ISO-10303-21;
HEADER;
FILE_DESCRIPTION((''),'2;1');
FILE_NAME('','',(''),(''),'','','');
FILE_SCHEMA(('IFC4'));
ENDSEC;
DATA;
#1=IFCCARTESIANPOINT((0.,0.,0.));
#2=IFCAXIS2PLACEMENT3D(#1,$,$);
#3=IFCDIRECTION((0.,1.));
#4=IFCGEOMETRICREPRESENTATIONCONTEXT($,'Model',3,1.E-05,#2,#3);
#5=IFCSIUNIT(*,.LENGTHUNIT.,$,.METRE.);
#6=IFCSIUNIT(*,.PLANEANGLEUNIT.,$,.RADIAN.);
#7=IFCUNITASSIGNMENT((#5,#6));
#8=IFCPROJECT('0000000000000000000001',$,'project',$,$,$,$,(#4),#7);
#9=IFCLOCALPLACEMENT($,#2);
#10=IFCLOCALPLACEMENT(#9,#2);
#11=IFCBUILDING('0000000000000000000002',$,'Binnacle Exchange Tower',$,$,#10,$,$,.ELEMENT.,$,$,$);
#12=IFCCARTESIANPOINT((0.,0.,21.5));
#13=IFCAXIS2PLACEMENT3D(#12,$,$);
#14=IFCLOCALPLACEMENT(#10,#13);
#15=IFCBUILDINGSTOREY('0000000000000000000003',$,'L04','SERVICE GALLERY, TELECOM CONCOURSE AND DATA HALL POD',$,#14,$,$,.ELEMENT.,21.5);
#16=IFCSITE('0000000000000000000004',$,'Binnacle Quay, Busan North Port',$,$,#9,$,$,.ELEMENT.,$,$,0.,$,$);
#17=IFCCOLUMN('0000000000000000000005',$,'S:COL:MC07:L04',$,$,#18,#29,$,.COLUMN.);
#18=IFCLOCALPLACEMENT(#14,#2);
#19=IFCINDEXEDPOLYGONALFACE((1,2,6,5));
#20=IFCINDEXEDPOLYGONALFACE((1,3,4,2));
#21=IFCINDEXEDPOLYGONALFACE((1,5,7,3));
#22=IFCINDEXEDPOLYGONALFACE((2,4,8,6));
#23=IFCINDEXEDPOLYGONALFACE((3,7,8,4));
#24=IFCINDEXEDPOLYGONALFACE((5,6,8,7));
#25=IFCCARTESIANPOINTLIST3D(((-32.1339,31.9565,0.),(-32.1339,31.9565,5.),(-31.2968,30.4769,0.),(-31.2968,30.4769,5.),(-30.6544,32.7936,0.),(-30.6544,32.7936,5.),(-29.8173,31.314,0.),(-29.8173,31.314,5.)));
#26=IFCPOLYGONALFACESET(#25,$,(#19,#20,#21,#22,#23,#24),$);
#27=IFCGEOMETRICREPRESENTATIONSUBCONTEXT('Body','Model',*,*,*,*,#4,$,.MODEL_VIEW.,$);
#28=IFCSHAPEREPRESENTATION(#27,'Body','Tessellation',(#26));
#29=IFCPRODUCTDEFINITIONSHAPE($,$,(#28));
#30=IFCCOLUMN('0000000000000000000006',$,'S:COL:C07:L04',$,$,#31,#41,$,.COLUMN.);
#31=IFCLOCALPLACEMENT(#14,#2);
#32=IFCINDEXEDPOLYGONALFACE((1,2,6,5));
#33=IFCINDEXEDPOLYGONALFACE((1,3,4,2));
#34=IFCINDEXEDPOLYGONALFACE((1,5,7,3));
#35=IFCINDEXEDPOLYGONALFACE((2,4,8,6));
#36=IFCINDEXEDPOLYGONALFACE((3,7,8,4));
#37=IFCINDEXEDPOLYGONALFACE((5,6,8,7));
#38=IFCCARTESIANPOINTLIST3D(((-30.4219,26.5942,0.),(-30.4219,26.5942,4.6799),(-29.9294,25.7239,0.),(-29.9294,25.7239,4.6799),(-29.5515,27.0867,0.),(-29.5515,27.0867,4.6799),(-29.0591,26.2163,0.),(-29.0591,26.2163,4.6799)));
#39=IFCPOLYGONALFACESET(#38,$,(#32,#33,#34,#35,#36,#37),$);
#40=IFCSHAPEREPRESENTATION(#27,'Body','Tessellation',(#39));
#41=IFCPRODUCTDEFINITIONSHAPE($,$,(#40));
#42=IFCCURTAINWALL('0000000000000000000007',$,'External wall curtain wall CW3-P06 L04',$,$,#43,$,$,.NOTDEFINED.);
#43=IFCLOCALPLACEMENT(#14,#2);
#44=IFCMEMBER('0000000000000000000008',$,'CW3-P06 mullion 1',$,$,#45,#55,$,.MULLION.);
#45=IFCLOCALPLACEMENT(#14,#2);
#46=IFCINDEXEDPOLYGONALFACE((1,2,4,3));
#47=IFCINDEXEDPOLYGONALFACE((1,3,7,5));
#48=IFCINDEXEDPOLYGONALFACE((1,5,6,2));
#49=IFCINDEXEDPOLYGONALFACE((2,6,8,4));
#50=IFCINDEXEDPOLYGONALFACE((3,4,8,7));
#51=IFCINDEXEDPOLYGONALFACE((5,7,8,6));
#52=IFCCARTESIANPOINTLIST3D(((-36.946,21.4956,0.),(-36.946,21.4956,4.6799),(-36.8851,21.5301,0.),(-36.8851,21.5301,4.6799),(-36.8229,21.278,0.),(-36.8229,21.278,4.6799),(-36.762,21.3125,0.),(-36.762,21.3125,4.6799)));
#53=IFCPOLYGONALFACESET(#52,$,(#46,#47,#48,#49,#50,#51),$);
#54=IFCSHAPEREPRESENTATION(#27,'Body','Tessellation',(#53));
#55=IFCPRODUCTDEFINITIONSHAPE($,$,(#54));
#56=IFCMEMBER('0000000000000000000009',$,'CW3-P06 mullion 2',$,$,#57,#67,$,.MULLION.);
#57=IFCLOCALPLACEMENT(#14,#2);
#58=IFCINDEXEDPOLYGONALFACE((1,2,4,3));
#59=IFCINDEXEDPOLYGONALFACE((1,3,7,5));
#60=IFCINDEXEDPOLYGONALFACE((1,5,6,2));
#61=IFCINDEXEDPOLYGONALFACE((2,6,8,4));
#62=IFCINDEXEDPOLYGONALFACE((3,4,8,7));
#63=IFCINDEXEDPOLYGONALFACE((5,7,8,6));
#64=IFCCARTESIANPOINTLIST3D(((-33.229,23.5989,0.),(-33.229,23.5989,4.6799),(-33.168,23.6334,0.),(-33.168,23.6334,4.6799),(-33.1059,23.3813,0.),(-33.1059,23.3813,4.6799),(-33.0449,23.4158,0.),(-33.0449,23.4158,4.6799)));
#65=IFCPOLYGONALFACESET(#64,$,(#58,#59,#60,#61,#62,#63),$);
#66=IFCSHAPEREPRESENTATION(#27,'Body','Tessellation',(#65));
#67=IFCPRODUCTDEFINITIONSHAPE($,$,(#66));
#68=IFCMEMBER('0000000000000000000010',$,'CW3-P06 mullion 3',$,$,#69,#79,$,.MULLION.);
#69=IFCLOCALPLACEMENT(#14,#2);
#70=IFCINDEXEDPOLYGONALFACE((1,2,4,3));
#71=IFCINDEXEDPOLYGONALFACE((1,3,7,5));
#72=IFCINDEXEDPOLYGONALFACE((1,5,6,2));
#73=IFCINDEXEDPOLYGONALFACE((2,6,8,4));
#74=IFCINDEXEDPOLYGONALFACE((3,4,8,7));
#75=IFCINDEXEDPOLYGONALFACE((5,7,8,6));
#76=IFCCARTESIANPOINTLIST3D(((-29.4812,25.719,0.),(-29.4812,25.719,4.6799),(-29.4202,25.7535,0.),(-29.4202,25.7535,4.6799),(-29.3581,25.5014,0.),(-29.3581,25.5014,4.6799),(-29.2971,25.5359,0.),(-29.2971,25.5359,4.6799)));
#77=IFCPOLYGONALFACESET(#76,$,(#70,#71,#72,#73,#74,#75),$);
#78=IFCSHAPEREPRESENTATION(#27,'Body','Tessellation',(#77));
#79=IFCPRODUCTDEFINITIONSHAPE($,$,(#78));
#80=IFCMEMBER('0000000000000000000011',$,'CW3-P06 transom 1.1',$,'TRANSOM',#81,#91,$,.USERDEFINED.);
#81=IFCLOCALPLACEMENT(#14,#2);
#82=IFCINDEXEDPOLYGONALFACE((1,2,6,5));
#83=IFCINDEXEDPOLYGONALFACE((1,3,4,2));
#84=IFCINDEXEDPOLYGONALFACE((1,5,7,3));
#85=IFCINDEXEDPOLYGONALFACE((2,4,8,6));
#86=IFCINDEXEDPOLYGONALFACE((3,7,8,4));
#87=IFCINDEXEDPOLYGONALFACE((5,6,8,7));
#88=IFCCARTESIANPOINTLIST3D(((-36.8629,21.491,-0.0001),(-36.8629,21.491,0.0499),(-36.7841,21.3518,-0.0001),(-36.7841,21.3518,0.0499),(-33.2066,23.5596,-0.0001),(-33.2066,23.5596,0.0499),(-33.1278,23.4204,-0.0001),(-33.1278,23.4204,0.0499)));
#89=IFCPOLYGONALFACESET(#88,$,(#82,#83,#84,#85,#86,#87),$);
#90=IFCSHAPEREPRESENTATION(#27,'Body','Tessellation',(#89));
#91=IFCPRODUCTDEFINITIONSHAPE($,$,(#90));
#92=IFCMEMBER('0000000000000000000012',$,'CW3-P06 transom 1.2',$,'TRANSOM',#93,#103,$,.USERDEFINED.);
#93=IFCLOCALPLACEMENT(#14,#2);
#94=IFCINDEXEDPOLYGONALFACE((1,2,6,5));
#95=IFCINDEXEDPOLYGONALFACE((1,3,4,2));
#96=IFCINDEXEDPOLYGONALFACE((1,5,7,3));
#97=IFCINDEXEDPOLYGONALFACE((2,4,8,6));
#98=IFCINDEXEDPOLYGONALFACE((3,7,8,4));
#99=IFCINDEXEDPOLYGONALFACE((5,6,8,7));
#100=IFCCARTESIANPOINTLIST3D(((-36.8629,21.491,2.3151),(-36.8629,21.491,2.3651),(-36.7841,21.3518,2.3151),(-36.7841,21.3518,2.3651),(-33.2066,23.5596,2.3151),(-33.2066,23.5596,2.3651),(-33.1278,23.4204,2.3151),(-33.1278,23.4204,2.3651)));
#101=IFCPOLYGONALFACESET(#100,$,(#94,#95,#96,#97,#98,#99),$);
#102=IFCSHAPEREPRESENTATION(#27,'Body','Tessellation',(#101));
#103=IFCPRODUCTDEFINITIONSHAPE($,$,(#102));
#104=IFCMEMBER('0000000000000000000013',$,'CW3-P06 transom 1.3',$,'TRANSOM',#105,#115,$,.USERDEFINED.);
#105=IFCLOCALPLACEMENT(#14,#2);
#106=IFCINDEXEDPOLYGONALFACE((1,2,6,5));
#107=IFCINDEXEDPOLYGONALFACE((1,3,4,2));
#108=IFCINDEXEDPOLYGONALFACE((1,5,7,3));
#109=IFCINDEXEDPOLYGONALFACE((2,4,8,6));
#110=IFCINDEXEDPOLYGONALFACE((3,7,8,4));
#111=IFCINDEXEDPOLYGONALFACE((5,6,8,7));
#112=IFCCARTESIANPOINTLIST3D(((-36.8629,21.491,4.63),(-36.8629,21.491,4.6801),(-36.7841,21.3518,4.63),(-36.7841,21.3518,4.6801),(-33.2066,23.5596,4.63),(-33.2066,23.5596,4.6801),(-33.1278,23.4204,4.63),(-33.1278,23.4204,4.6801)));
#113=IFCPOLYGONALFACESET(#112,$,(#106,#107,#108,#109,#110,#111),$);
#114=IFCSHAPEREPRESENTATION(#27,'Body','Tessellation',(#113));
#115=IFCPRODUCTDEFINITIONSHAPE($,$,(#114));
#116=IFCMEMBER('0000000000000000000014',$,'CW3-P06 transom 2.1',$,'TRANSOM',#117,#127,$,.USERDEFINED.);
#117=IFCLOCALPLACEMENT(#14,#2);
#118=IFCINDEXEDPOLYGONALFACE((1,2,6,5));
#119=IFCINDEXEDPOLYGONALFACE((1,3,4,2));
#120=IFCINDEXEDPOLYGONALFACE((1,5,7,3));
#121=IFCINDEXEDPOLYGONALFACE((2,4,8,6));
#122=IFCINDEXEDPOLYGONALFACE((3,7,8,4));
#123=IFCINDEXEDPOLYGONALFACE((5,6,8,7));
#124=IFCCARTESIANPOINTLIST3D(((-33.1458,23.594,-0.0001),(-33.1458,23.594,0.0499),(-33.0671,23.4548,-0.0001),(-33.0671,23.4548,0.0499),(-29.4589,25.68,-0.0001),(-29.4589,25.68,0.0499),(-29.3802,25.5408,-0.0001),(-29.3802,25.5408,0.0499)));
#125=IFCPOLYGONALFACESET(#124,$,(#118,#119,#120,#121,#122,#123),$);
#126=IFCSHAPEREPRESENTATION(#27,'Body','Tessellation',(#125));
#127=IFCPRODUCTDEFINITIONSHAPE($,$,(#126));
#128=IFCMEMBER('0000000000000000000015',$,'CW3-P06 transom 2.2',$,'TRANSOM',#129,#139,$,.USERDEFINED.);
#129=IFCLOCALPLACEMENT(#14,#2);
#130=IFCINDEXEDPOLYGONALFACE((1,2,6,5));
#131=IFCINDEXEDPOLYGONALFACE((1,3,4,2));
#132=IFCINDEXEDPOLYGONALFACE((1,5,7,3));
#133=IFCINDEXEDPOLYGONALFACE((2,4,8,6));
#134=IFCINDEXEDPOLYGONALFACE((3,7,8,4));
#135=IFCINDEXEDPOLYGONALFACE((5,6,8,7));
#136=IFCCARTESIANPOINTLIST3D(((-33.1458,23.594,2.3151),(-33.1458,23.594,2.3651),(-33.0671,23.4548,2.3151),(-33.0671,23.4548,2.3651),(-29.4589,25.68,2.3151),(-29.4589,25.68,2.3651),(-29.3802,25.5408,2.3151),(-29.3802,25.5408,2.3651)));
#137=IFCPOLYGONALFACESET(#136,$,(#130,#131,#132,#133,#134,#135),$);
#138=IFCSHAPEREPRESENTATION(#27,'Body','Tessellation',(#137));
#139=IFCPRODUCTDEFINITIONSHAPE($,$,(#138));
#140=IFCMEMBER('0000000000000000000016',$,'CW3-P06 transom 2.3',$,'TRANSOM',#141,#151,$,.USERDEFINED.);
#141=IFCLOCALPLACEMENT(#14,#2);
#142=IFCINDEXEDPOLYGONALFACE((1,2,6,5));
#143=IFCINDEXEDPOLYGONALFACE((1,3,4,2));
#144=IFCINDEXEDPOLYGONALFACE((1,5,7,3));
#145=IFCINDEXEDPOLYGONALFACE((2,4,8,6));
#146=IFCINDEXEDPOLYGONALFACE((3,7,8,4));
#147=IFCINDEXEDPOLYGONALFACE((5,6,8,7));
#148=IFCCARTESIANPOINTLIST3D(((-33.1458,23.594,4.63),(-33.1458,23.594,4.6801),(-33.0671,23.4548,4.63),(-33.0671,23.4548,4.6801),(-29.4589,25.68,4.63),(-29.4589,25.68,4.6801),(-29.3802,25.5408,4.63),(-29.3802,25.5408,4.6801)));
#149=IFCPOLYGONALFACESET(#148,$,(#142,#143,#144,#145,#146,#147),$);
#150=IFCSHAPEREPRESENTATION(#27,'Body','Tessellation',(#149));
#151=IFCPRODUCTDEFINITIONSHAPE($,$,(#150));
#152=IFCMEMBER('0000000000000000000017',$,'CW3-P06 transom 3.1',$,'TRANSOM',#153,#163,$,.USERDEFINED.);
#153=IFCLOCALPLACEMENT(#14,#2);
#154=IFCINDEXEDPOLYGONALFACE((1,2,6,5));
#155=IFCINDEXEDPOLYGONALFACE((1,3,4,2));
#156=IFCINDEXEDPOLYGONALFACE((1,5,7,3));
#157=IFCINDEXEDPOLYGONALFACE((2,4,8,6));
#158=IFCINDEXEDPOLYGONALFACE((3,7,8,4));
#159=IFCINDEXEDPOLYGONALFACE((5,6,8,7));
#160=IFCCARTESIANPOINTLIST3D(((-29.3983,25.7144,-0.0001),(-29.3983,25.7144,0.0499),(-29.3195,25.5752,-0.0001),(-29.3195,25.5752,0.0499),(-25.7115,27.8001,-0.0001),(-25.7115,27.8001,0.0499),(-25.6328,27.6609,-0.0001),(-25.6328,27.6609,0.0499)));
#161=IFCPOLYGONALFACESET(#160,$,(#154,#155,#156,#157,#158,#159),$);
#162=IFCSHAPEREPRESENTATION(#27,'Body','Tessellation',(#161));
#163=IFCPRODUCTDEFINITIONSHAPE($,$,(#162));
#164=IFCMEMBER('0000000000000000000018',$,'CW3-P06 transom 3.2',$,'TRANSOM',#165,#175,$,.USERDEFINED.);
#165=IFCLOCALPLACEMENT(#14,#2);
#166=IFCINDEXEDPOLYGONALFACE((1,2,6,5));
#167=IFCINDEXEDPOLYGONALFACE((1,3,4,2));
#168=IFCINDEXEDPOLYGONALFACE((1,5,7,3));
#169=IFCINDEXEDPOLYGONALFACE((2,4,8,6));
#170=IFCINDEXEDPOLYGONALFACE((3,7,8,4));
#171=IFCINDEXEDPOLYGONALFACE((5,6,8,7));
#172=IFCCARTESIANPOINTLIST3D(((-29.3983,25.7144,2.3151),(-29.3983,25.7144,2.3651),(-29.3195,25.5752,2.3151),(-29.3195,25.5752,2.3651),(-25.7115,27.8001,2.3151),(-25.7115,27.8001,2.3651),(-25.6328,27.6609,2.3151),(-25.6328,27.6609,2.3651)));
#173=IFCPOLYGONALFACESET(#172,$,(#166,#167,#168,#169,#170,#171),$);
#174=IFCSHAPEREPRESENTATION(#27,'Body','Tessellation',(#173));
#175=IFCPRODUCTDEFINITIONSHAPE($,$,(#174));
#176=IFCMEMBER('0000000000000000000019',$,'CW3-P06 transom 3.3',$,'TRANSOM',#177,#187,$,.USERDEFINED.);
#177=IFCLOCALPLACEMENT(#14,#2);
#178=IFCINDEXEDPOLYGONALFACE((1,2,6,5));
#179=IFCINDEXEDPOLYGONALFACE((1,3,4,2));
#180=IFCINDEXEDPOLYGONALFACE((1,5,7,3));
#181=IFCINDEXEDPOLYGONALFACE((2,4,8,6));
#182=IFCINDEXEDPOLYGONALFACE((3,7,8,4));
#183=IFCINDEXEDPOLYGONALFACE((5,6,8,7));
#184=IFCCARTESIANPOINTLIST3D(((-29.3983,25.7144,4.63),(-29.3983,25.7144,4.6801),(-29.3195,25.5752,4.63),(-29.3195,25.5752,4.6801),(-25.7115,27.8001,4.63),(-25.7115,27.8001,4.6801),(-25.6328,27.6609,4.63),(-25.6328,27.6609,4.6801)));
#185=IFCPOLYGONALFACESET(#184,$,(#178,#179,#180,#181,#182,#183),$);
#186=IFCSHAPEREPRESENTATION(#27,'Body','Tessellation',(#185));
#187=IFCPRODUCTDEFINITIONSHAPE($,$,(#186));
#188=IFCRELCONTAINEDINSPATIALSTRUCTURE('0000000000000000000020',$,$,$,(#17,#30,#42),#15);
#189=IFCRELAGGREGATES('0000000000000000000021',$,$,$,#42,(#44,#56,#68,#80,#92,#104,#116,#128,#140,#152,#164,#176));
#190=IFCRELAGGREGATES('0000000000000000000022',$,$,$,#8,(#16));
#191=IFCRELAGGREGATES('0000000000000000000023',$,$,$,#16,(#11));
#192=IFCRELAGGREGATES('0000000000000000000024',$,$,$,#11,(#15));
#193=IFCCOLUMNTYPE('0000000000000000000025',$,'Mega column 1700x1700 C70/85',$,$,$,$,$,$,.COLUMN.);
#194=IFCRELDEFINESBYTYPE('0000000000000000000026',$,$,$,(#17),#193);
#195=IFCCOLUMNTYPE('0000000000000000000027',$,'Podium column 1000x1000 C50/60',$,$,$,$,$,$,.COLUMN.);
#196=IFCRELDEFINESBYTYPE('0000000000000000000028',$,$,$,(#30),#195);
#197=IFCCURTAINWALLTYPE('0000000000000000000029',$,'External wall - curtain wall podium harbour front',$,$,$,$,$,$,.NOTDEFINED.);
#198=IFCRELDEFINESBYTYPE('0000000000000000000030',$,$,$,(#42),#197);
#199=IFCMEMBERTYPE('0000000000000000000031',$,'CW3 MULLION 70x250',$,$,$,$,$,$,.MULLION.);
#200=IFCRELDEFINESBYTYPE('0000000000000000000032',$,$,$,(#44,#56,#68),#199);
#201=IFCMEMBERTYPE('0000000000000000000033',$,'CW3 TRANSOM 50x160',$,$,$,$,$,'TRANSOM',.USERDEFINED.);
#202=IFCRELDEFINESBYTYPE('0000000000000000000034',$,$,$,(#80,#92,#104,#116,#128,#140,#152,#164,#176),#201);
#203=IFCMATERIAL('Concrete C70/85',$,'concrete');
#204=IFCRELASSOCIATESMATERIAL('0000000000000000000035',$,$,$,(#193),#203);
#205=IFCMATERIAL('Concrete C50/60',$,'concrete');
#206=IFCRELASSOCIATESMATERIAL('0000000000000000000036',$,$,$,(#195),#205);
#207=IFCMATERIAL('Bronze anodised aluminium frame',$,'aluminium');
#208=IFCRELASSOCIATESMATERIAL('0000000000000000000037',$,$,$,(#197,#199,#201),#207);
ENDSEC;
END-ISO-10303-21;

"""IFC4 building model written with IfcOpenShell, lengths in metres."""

from ifc_helpers import new_model, si_unit, direction, frame, origin, origin_2d, place, context, subcontext, project, spatial, rectangle, extrude, material, material_profile, profile_set, type_object, element, aggregate, save


model = new_model("IFC4")

# Units and contexts
model_context = context("Model", 3, precision=1e-05, world=origin(), true_north=direction((0.0, 1.0)))
body_context = subcontext(model_context, "Body", "Model", "MODEL_VIEW")
ifc_project = project(units=[si_unit("LENGTHUNIT", "METRE"), si_unit("PLANEANGLEUNIT", "RADIAN")], contexts=[model_context])

# Site, building, storey
site_placement = place(None, origin())
site = spatial("IfcSite", under=ifc_project, at=site_placement, Name="Binnacle Quay, Busan North Port", CompositionType="ELEMENT", RefElevation=0.0)
building_placement = place(site_placement, origin())
building = spatial("IfcBuilding", under=site, at=building_placement, Name="Binnacle Exchange Tower", CompositionType="ELEMENT")
storey_placement = place(building_placement, frame((0.0, 0.0, 21.5)))
storey = spatial("IfcBuildingStorey", under=building, at=storey_placement, Name="L04", Description="SERVICE GALLERY, TELECOM CONCOURSE AND DATA HALL POD", CompositionType="ELEMENT", Elevation=21.5)

# Columns
ifc_material_1 = material(Name="Concrete C70/85", Category="concrete")
ifc_material_profile_1 = material_profile(ifc_material_1, rectangle(XDim=1.7, YDim=1.7, at=origin_2d()), Name="Mega column 1700x1700 C70/85")
ifc_profile_set_1 = profile_set([ifc_material_profile_1], Name="Concrete C70/85")
column_type_1 = type_object("IfcColumnType", Name="Mega column 1700x1700 C70/85", PredefinedType="COLUMN", material=ifc_profile_set_1)
column_1_placement = place(storey_placement, frame((-30.9756, 31.6353, 0.0), z_axis=(0.0, 0.0, 1.0), x_axis=(0.870356, 0.492424, 0.0)))
element("IfcColumn", 1, at=column_1_placement, inside=storey, type_object=column_type_1, Name="S:COL:MC07:L04", PredefinedType="COLUMN", context=body_context, shape_type="SweptSolid", body=[
    extrude(rectangle(XDim=1.7, YDim=1.7, at=origin_2d()), origin(), (0.0, 0.0, 1.0), 5.0),
])
ifc_material_2 = material(Name="Concrete C50/60", Category="concrete")
ifc_material_profile_2 = material_profile(ifc_material_2, rectangle(XDim=1.0, YDim=1.0, at=origin_2d()), Name="Podium column 1000x1000 C50/60")
ifc_profile_set_2 = profile_set([ifc_material_profile_2], Name="Concrete C50/60")
column_type_2 = type_object("IfcColumnType", Name="Podium column 1000x1000 C50/60", PredefinedType="COLUMN", material=ifc_profile_set_2)
column_2_placement = place(storey_placement, frame((-29.7405, 26.4053, 0.0), z_axis=(0.0, 0.0, 1.0), x_axis=(0.870356, 0.492424, 0.0)))
element("IfcColumn", 2, at=column_2_placement, inside=storey, type_object=column_type_2, Name="S:COL:C07:L04", PredefinedType="COLUMN", context=body_context, shape_type="SweptSolid", body=[
    extrude(rectangle(XDim=1.0, YDim=1.0, at=origin_2d()), origin(), (0.0, 0.0, 1.0), 4.6799),
])

# Curtain wall, members
ifc_material_3 = material(Name="Bronze anodised aluminium frame", Category="aluminium")
curtain_wall_type = type_object("IfcCurtainWallType", Name="External wall - curtain wall podium harbour front", PredefinedType="NOTDEFINED", material=ifc_material_3)
curtain_wall_placement = place(storey_placement, origin())
curtain_wall = element("IfcCurtainWall", 3, at=curtain_wall_placement, inside=storey, type_object=curtain_wall_type, Name="External wall curtain wall CW3-P06 L04", PredefinedType="NOTDEFINED")
ifc_material_profile_3 = material_profile(ifc_material_3, rectangle(XDim=0.25, YDim=0.0701, at=origin_2d()), Name="AL 70x250")
ifc_profile_set_3 = profile_set([ifc_material_profile_3], Name="Bronze anodised aluminium frame")
member_type_1 = type_object("IfcMemberType", Name="CW3 MULLION 70x250", PredefinedType="MULLION", material=ifc_profile_set_3)
member_1_placement = place(storey_placement, frame((-36.854, 21.4041, 0.0), z_axis=(0.0, 0.0, 1.0), x_axis=(-0.492424, 0.870356, 0.0)))
member_1 = element("IfcMember", 4, at=member_1_placement, type_object=member_type_1, Name="CW3-P06 mullion 1", PredefinedType="MULLION", context=body_context, shape_type="SweptSolid", body=[
    extrude(rectangle(XDim=0.25, YDim=0.0701, at=origin_2d()), origin(), (0.0, 0.0, 1.0), 4.6799),
])
member_2_placement = place(storey_placement, frame((-33.137, 23.5073, 0.0), z_axis=(0.0, 0.0, 1.0), x_axis=(-0.492424, 0.870356, 0.0)))
member_2 = element("IfcMember", 5, at=member_2_placement, type_object=member_type_1, Name="CW3-P06 mullion 2", PredefinedType="MULLION", context=body_context, shape_type="SweptSolid", body=[
    extrude(rectangle(XDim=0.25, YDim=0.0701, at=origin_2d()), origin(), (0.0, 0.0, 1.0), 4.6799),
])
member_3_placement = place(storey_placement, frame((-29.3892, 25.6274, 0.0), z_axis=(0.0, 0.0, 1.0), x_axis=(-0.492424, 0.870356, 0.0)))
member_3 = element("IfcMember", 6, at=member_3_placement, type_object=member_type_1, Name="CW3-P06 mullion 3", PredefinedType="MULLION", context=body_context, shape_type="SweptSolid", body=[
    extrude(rectangle(XDim=0.25, YDim=0.0701, at=origin_2d()), origin(), (0.0, 0.0, 1.0), 4.6799),
])
ifc_material_profile_4 = material_profile(ifc_material_3, rectangle(XDim=0.1599, YDim=0.05, at=origin_2d()), Name="AL 160x50")
ifc_profile_set_4 = profile_set([ifc_material_profile_4], Name="Bronze anodised aluminium frame")
member_type_2 = type_object("IfcMemberType", Name="CW3 TRANSOM 50x160", ElementType="TRANSOM", PredefinedType="USERDEFINED", material=ifc_profile_set_4)
member_4_placement = place(storey_placement, frame((-36.8235, 21.4214, 0.0249), z_axis=(0.870356, 0.492423, 0.0), x_axis=(-0.492423, 0.870356, 0.0)))
member_4 = element("IfcMember", 7, at=member_4_placement, type_object=member_type_2, Name="CW3-P06 transom 1.1", ObjectType="TRANSOM", PredefinedType="USERDEFINED", context=body_context, shape_type="SweptSolid", body=[
    extrude(rectangle(XDim=0.1599, YDim=0.05, at=origin_2d()), origin(), (0.0, 0.0, 1.0), 4.2009),
])
member_5_placement = place(storey_placement, frame((-36.8235, 21.4214, 2.3401), z_axis=(0.870356, 0.492423, 0.0), x_axis=(-0.492423, 0.870356, 0.0)))
member_5 = element("IfcMember", 8, at=member_5_placement, type_object=member_type_2, Name="CW3-P06 transom 1.2", ObjectType="TRANSOM", PredefinedType="USERDEFINED", context=body_context, shape_type="SweptSolid", body=[
    extrude(rectangle(XDim=0.1599, YDim=0.05, at=origin_2d()), origin(), (0.0, 0.0, 1.0), 4.2009),
])
member_6_placement = place(storey_placement, frame((-36.8235, 21.4214, 4.655), z_axis=(0.870356, 0.492423, 0.0), x_axis=(-0.492423, 0.870356, 0.0)))
member_6 = element("IfcMember", 9, at=member_6_placement, type_object=member_type_2, Name="CW3-P06 transom 1.3", ObjectType="TRANSOM", PredefinedType="USERDEFINED", context=body_context, shape_type="SweptSolid", body=[
    extrude(rectangle(XDim=0.1599, YDim=0.05, at=origin_2d()), origin(), (0.0, 0.0, 1.0), 4.2009),
])
member_7_placement = place(storey_placement, frame((-33.1064, 23.5244, 0.0249), z_axis=(0.870349, 0.492435, 0.0), x_axis=(-0.492435, 0.870349, 0.0)))
member_7 = element("IfcMember", 10, at=member_7_placement, type_object=member_type_2, Name="CW3-P06 transom 2.1", ObjectType="TRANSOM", PredefinedType="USERDEFINED", context=body_context, shape_type="SweptSolid", body=[
    extrude(rectangle(XDim=0.1599, YDim=0.05, at=origin_2d()), origin(), (0.0, 0.0, 1.0), 4.2361),
])
member_8_placement = place(storey_placement, frame((-33.1064, 23.5244, 2.3401), z_axis=(0.870349, 0.492435, 0.0), x_axis=(-0.492435, 0.870349, 0.0)))
member_8 = element("IfcMember", 11, at=member_8_placement, type_object=member_type_2, Name="CW3-P06 transom 2.2", ObjectType="TRANSOM", PredefinedType="USERDEFINED", context=body_context, shape_type="SweptSolid", body=[
    extrude(rectangle(XDim=0.1599, YDim=0.05, at=origin_2d()), origin(), (0.0, 0.0, 1.0), 4.2361),
])
member_9_placement = place(storey_placement, frame((-33.1064, 23.5244, 4.655), z_axis=(0.870349, 0.492435, 0.0), x_axis=(-0.492435, 0.870349, 0.0)))
member_9 = element("IfcMember", 12, at=member_9_placement, type_object=member_type_2, Name="CW3-P06 transom 2.3", ObjectType="TRANSOM", PredefinedType="USERDEFINED", context=body_context, shape_type="SweptSolid", body=[
    extrude(rectangle(XDim=0.1599, YDim=0.05, at=origin_2d()), origin(), (0.0, 0.0, 1.0), 4.2361),
])
member_10_placement = place(storey_placement, frame((-29.3589, 25.6448, 0.0249), z_axis=(0.870374, 0.492391, 0.0), x_axis=(-0.492391, 0.870374, 0.0)))
member_10 = element("IfcMember", 13, at=member_10_placement, type_object=member_type_2, Name="CW3-P06 transom 3.1", ObjectType="TRANSOM", PredefinedType="USERDEFINED", context=body_context, shape_type="SweptSolid", body=[
    extrude(rectangle(XDim=0.1599, YDim=0.05, at=origin_2d()), origin(), (0.0, 0.0, 1.0), 4.2358),
])
member_11_placement = place(storey_placement, frame((-29.3589, 25.6448, 2.3401), z_axis=(0.870374, 0.492391, 0.0), x_axis=(-0.492391, 0.870374, 0.0)))
member_11 = element("IfcMember", 14, at=member_11_placement, type_object=member_type_2, Name="CW3-P06 transom 3.2", ObjectType="TRANSOM", PredefinedType="USERDEFINED", context=body_context, shape_type="SweptSolid", body=[
    extrude(rectangle(XDim=0.1599, YDim=0.05, at=origin_2d()), origin(), (0.0, 0.0, 1.0), 4.2358),
])
member_12_placement = place(storey_placement, frame((-29.3589, 25.6448, 4.655), z_axis=(0.870374, 0.492391, 0.0), x_axis=(-0.492391, 0.870374, 0.0)))
member_12 = element("IfcMember", 15, at=member_12_placement, type_object=member_type_2, Name="CW3-P06 transom 3.3", ObjectType="TRANSOM", PredefinedType="USERDEFINED", context=body_context, shape_type="SweptSolid", body=[
    extrude(rectangle(XDim=0.1599, YDim=0.05, at=origin_2d()), origin(), (0.0, 0.0, 1.0), 4.2358),
])

aggregate(curtain_wall, [member_1, member_2, member_3, member_4, member_5, member_6, member_7, member_8, member_9, member_10, member_11, member_12])

save(model, "model.ifc")
